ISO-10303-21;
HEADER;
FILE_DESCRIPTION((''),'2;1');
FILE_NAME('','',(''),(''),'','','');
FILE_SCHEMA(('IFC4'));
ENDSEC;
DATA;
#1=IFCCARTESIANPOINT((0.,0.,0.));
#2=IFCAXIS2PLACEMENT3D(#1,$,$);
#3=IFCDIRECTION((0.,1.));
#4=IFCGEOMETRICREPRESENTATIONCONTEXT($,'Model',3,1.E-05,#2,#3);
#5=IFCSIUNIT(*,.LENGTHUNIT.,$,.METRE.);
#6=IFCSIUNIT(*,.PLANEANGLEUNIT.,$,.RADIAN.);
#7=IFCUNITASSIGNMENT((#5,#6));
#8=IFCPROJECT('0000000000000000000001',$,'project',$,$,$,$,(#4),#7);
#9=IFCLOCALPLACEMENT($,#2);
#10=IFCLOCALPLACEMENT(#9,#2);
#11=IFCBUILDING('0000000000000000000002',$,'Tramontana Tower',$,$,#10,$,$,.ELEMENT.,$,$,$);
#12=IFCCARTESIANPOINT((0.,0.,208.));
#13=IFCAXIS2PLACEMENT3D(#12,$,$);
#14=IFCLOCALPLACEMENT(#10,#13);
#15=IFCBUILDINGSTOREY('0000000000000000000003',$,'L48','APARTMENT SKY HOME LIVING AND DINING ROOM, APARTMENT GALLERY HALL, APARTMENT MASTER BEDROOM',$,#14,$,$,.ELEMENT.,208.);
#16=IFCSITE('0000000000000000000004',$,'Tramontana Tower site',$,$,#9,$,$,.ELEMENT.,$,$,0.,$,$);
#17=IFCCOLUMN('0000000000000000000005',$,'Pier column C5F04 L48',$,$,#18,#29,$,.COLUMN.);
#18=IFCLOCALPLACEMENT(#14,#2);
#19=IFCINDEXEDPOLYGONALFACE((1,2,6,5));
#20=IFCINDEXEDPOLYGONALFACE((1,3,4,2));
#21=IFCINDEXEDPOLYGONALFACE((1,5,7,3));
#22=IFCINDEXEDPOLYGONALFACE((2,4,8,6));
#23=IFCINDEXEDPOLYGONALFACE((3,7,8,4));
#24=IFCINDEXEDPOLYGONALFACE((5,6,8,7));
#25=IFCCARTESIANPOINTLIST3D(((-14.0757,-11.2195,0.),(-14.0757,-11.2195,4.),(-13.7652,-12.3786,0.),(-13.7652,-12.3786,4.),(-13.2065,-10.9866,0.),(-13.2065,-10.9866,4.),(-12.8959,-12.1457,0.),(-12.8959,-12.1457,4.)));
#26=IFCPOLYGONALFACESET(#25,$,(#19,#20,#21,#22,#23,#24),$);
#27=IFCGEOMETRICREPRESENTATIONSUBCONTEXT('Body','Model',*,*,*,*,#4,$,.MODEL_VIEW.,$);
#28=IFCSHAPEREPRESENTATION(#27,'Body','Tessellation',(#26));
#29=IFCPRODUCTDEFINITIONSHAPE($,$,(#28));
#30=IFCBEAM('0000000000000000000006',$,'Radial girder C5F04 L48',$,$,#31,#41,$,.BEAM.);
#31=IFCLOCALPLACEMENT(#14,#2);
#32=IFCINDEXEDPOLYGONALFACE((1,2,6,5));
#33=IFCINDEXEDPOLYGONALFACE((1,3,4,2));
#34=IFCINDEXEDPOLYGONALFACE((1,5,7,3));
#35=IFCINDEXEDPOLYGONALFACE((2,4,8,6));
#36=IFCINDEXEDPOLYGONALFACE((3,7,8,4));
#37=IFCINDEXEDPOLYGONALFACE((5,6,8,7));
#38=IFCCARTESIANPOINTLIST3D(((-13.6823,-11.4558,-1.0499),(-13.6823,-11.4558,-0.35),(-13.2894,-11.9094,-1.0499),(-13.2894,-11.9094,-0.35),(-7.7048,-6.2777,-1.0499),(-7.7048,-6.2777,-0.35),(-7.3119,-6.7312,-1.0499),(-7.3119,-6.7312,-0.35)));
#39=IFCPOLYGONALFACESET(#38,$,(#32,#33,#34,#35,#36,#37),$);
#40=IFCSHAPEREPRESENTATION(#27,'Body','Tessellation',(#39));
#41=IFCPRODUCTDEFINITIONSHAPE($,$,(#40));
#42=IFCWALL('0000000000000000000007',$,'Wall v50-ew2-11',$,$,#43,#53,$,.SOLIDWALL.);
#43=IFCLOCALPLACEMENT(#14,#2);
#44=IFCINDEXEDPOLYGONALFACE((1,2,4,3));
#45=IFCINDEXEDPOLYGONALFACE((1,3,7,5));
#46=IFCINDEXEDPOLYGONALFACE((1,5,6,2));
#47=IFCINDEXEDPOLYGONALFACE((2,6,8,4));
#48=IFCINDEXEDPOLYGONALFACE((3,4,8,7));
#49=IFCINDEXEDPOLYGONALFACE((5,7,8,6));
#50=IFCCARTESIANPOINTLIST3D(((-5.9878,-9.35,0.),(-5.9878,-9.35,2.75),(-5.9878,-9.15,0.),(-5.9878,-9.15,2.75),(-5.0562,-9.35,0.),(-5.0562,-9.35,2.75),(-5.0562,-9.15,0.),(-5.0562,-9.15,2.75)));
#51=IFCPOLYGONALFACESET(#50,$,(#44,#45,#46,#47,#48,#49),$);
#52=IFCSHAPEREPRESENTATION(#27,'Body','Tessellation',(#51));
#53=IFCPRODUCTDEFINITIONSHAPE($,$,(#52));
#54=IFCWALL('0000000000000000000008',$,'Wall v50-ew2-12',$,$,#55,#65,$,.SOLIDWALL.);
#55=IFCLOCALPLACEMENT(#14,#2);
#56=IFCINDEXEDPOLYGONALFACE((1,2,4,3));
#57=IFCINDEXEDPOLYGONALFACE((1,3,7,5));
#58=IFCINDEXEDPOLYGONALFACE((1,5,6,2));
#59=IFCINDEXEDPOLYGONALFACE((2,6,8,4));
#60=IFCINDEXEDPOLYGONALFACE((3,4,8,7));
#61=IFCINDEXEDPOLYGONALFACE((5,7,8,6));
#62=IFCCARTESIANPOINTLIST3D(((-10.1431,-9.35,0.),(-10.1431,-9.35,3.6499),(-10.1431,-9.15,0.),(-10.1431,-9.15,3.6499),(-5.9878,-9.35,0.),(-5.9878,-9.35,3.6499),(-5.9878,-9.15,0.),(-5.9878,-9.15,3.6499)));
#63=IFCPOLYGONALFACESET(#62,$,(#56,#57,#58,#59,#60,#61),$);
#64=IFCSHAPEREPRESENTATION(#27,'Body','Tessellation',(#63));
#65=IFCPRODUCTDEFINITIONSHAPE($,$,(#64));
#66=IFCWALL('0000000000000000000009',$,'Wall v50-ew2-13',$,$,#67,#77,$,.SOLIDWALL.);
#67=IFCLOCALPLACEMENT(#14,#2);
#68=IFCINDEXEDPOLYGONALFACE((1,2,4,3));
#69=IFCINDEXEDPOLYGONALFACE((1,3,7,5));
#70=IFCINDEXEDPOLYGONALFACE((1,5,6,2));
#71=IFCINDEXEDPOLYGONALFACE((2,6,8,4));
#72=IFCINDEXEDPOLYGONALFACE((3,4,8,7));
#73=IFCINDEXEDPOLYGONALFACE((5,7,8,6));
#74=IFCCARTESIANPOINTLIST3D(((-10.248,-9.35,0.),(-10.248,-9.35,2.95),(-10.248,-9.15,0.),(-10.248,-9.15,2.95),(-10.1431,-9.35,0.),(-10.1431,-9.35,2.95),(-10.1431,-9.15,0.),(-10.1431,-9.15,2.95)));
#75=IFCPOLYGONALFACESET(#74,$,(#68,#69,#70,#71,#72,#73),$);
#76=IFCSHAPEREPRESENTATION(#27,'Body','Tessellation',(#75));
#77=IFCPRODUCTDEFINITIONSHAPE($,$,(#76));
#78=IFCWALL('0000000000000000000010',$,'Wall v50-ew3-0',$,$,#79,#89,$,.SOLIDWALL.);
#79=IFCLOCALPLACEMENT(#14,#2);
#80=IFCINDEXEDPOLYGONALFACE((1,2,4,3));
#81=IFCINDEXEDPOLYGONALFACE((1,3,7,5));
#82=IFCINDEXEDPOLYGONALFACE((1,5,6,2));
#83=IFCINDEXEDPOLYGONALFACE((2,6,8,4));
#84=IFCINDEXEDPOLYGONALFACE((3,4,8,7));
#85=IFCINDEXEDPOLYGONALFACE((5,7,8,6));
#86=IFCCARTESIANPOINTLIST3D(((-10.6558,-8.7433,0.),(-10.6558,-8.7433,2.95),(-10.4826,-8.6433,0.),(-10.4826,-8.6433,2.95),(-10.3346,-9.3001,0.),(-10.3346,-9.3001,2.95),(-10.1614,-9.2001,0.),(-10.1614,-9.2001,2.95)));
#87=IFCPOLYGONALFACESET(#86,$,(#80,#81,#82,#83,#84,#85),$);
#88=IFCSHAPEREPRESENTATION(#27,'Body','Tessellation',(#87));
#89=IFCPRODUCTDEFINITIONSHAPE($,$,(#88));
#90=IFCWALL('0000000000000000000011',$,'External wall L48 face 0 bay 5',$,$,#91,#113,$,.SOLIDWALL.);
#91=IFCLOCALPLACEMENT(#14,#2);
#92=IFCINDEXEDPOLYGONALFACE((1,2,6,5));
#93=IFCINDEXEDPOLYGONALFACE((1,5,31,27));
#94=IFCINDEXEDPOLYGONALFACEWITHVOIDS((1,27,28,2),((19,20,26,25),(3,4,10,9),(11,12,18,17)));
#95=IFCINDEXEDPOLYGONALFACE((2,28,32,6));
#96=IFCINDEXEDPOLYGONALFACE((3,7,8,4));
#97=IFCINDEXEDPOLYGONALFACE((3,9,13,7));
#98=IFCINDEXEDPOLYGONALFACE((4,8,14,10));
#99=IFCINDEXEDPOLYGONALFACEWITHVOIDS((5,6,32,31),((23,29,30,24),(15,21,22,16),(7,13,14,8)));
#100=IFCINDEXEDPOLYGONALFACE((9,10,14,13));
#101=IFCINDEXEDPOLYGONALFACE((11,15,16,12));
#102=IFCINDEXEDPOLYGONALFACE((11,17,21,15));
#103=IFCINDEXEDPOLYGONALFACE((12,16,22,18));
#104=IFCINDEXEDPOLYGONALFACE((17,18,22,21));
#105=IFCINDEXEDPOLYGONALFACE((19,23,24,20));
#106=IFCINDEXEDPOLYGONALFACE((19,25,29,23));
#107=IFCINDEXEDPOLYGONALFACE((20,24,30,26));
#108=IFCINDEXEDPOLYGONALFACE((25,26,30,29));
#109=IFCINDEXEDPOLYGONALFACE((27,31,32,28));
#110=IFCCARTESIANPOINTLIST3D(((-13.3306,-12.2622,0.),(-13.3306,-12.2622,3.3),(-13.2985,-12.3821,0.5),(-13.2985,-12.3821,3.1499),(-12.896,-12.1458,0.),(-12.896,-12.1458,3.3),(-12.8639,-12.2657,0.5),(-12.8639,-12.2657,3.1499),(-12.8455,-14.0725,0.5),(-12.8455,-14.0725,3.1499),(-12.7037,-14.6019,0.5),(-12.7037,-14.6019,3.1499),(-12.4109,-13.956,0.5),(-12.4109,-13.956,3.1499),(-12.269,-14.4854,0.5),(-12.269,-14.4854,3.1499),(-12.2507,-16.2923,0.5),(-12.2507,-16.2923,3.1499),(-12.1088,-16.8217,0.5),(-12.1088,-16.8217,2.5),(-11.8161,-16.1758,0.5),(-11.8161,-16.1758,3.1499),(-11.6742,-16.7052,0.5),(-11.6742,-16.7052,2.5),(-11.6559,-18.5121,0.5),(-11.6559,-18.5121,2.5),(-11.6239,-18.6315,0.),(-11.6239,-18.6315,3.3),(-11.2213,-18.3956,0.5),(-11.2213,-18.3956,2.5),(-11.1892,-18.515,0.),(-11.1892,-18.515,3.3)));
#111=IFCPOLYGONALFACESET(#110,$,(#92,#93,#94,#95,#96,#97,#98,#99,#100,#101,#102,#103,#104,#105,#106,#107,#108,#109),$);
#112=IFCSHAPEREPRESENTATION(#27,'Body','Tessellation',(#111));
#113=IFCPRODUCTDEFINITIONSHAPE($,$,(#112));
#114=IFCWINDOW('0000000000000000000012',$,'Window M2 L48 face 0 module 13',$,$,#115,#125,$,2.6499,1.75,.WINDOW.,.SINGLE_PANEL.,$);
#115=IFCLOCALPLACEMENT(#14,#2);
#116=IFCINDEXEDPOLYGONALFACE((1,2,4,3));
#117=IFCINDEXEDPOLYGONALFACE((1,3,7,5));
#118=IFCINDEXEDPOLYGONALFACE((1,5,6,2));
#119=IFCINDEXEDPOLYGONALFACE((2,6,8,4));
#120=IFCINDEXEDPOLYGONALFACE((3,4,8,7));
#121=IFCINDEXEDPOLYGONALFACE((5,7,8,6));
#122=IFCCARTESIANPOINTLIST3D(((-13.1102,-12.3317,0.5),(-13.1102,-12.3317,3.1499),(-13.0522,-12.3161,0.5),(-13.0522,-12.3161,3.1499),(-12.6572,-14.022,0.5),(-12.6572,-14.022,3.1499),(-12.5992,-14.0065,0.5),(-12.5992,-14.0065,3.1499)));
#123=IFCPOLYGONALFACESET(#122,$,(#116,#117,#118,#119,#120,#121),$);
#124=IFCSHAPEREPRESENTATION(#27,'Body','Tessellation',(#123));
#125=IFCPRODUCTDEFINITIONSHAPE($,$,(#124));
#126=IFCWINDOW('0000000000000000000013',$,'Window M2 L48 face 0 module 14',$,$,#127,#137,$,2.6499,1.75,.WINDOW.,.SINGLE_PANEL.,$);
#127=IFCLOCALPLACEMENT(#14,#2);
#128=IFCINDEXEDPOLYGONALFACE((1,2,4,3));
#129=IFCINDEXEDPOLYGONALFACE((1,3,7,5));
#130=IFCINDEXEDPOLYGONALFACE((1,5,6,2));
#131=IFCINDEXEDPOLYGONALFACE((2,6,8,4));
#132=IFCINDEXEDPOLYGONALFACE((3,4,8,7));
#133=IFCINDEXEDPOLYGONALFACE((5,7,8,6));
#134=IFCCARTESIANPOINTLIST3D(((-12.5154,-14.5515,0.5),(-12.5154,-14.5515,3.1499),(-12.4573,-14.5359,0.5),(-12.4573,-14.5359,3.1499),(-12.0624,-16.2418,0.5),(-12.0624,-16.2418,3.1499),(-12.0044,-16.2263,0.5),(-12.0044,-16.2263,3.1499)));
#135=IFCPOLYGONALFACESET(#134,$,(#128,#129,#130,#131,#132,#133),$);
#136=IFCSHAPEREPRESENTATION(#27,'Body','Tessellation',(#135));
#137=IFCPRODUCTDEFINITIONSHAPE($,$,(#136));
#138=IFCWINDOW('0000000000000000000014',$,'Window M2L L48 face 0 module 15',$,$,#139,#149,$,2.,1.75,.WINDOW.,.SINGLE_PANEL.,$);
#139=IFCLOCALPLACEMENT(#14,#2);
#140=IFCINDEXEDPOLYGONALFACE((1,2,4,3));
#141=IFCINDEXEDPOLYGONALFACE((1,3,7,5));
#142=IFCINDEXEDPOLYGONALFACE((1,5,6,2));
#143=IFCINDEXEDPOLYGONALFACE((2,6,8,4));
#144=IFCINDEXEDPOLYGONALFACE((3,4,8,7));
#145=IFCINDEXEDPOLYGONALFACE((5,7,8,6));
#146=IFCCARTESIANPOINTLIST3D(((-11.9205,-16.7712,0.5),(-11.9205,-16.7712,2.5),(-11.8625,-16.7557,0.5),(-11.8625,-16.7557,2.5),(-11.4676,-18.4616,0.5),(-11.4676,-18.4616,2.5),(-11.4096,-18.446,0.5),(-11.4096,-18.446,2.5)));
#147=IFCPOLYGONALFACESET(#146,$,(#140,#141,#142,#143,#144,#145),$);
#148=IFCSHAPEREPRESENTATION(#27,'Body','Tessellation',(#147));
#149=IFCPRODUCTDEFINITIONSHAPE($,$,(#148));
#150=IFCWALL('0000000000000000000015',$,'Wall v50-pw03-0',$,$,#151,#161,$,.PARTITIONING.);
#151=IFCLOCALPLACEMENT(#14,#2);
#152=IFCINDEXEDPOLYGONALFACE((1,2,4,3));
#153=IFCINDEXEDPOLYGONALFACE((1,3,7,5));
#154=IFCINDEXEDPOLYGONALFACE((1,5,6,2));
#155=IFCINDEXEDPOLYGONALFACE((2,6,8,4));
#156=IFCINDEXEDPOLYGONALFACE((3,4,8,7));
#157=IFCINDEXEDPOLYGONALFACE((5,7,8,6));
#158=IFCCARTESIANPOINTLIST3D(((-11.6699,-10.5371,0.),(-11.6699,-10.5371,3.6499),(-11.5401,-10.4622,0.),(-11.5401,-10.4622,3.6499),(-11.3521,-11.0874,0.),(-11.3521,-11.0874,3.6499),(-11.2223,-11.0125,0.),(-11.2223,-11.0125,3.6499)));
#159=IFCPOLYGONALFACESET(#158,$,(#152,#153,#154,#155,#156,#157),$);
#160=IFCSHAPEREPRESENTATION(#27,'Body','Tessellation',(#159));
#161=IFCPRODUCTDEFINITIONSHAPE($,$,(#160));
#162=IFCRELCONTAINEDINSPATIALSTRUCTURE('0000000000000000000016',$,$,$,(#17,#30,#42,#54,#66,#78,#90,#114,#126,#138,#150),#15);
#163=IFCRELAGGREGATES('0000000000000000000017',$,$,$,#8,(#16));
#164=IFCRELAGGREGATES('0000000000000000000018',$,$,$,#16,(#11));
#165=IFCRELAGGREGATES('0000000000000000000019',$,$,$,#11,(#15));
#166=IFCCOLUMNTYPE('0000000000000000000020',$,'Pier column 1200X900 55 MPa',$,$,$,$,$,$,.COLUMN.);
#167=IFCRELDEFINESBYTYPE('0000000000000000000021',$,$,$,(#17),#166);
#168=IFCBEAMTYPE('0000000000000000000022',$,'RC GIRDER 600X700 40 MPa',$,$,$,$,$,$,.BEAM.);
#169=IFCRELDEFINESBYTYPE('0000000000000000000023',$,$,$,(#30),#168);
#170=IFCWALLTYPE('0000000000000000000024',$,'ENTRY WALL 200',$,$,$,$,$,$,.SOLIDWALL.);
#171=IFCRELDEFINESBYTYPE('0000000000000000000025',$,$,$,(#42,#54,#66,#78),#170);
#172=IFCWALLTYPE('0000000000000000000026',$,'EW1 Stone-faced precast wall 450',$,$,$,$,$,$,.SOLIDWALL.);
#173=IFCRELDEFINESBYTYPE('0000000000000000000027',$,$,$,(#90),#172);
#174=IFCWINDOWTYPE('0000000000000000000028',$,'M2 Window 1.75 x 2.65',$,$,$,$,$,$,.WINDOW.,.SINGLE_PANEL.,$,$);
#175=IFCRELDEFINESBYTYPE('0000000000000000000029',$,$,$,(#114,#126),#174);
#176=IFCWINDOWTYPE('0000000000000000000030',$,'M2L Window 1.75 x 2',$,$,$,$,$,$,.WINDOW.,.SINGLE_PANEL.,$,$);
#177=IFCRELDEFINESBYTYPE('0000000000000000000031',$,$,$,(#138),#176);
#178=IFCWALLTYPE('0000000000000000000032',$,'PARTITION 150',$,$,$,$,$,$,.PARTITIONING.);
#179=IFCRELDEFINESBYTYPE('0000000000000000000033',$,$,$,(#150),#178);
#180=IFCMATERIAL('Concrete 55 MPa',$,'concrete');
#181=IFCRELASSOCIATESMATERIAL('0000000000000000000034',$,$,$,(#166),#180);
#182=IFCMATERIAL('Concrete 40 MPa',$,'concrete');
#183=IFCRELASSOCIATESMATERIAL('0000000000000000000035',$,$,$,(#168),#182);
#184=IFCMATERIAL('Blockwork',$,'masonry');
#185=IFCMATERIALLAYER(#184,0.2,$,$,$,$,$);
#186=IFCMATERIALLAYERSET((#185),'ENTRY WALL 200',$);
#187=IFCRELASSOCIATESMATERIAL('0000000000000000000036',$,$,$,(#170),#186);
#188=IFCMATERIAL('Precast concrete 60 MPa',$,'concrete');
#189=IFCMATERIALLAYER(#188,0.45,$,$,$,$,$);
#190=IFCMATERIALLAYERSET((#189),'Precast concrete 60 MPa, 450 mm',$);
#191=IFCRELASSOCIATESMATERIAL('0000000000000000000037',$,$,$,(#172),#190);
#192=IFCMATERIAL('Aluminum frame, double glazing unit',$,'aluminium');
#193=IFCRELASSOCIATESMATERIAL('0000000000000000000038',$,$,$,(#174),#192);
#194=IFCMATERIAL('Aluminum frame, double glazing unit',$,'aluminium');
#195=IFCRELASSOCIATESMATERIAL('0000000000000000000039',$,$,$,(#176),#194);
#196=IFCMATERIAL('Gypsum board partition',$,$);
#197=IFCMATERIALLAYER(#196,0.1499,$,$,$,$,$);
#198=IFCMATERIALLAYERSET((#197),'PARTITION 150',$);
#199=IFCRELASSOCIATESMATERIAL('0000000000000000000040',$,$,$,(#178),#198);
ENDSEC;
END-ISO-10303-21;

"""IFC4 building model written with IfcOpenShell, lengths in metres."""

from ifc_helpers import new_model, si_unit, direction, frame, frame_2d, origin, origin_2d, place, context, subcontext, project, spatial, rectangle, extrude, material, layer, layer_set, material_profile, profile_set, type_object, element, fill, save


model = new_model("IFC4")

# Units and contexts
model_context = context("Model", 3, precision=1e-05, world=origin(), true_north=direction((0.0, 1.0)))
body_context = subcontext(model_context, "Body", "Model", "MODEL_VIEW")
ifc_project = project(units=[si_unit("LENGTHUNIT", "METRE"), si_unit("PLANEANGLEUNIT", "RADIAN")], contexts=[model_context])

# Site, building, storey
site_placement = place(None, origin())
site = spatial("IfcSite", under=ifc_project, at=site_placement, Name="Tramontana Tower site", CompositionType="ELEMENT", RefElevation=0.0)
building_placement = place(site_placement, origin())
building = spatial("IfcBuilding", under=site, at=building_placement, Name="Tramontana Tower", CompositionType="ELEMENT")
storey_placement = place(building_placement, frame((0.0, 0.0, 208.0)))
storey = spatial("IfcBuildingStorey", under=building, at=storey_placement, Name="L48", Description="APARTMENT SKY HOME LIVING AND DINING ROOM, APARTMENT GALLERY HALL, APARTMENT MASTER BEDROOM", CompositionType="ELEMENT", Elevation=208.0)

# Column
ifc_material_1 = material(Name="Concrete 55 MPa", Category="concrete")
ifc_material_profile_1 = material_profile(ifc_material_1, rectangle(XDim=1.2, YDim=0.8999, at=origin_2d()), Name="Pier column 1200X900 55 MPa")
ifc_profile_set_1 = profile_set([ifc_material_profile_1], Name="Concrete 55 MPa")
column_type = type_object("IfcColumnType", Name="Pier column 1200X900 55 MPa", PredefinedType="COLUMN", material=ifc_profile_set_1)
column_placement = place(storey_placement, frame((-13.4858, -11.6826, 0.0), z_axis=(0.0, 0.0, 1.0), x_axis=(0.258819, -0.965926, 0.0)))
element("IfcColumn", 1, at=column_placement, inside=storey, type_object=column_type, Name="Pier column C5F04 L48", PredefinedType="COLUMN", context=body_context, shape_type="SweptSolid", body=[
    extrude(rectangle(XDim=1.2, YDim=0.8999, at=origin_2d()), origin(), (0.0, 0.0, 1.0), 4.0),
])

# Beam
ifc_material_2 = material(Name="Concrete 40 MPa", Category="concrete")
ifc_material_profile_2 = material_profile(ifc_material_2, rectangle(XDim=0.6001, YDim=0.7, at=origin_2d()), Name="RC GIRDER 600X700 40 MPa")
ifc_profile_set_2 = profile_set([ifc_material_profile_2], Name="Concrete 40 MPa")
beam_type = type_object("IfcBeamType", Name="RC GIRDER 600X700 40 MPa", PredefinedType="BEAM", material=ifc_profile_set_2)
beam_placement = place(storey_placement, frame((-13.4858, -11.6826, -0.7), z_axis=(0.755834, 0.654764, 0.0), x_axis=(-0.654764, 0.755834, 0.0)))
element("IfcBeam", 2, at=beam_placement, inside=storey, type_object=beam_type, Name="Radial girder C5F04 L48", PredefinedType="BEAM", context=body_context, shape_type="SweptSolid", body=[
    extrude(rectangle(XDim=0.6001, YDim=0.7, at=origin_2d()), origin(), (0.0, 0.0, 1.0), 7.9084),
])

# Walls
ifc_material_3 = material(Name="Blockwork", Category="masonry")
ifc_layer_1 = layer(ifc_material_3, 0.2)
ifc_layer_set_1 = layer_set([ifc_layer_1], Name="ENTRY WALL 200")
wall_type_1 = type_object("IfcWallType", Name="ENTRY WALL 200", PredefinedType="SOLIDWALL", material=ifc_layer_set_1)
wall_1_placement = place(storey_placement, frame((-5.0562, -9.25, 0.0), z_axis=(0.0, 0.0, 1.0), x_axis=(-1.0, 0.0, 0.0)))
element("IfcWall", 3, at=wall_1_placement, inside=storey, type_object=wall_type_1, Name="Wall v50-ew2-11", PredefinedType="SOLIDWALL", context=body_context, shape_type="SweptSolid", body=[
    extrude(rectangle(XDim=0.9316, YDim=0.2, at=frame_2d((0.4658, 0.0))), origin(), (0.0, 0.0, 1.0), 2.75),
])
wall_2_placement = place(storey_placement, frame((-5.9878, -9.25, 0.0), z_axis=(0.0, 0.0, 1.0), x_axis=(-1.0, 0.0, 0.0)))
element("IfcWall", 4, at=wall_2_placement, inside=storey, type_object=wall_type_1, Name="Wall v50-ew2-12", PredefinedType="SOLIDWALL", context=body_context, shape_type="SweptSolid", body=[
    extrude(rectangle(XDim=4.1553, YDim=0.2, at=frame_2d((2.0776, 0.0))), origin(), (0.0, 0.0, 1.0), 3.6499),
])
wall_3_placement = place(storey_placement, frame((-10.1431, -9.25, 0.0), z_axis=(0.0, 0.0, 1.0), x_axis=(-1.0, 0.0, 0.0)))
element("IfcWall", 5, at=wall_3_placement, inside=storey, type_object=wall_type_1, Name="Wall v50-ew2-13", PredefinedType="SOLIDWALL", context=body_context, shape_type="SweptSolid", body=[
    extrude(rectangle(XDim=0.105, YDim=0.2, at=frame_2d((0.0525, 0.0))), origin(), (0.0, 0.0, 1.0), 2.95),
])
wall_4_placement = place(storey_placement, frame((-10.248, -9.25, 0.0), z_axis=(0.0, 0.0, 1.0), x_axis=(-0.499733, 0.866179, 0.0)))
element("IfcWall", 6, at=wall_4_placement, inside=storey, type_object=wall_type_1, Name="Wall v50-ew3-0", PredefinedType="SOLIDWALL", context=body_context, shape_type="SweptSolid", body=[
    extrude(rectangle(XDim=0.6428, YDim=0.2, at=frame_2d((0.3213, 0.0))), origin(), (0.0, 0.0, 1.0), 2.95),
])

# Wall, openings, windows
ifc_material_4 = material(Name="Precast concrete 60 MPa", Category="concrete")
ifc_layer_2 = layer(ifc_material_4, 0.45)
ifc_layer_set_2 = layer_set([ifc_layer_2], Name="Precast concrete 60 MPa, 450 mm")
wall_type_2 = type_object("IfcWallType", Name="EW1 Stone-faced precast wall 450", PredefinedType="SOLIDWALL", material=ifc_layer_set_2)
wall_5_placement = place(storey_placement, frame((-13.1133, -12.2041, 0.0), z_axis=(0.0, 0.0, 1.0), x_axis=(0.258835, -0.965921, 0.0)))
wall_5 = element("IfcWall", 7, at=wall_5_placement, inside=storey, type_object=wall_type_2, Name="External wall L48 face 0 bay 5", PredefinedType="SOLIDWALL", context=body_context, shape_type="SweptSolid", body=[
    extrude(rectangle(XDim=6.594, YDim=0.45, at=frame_2d((3.2969, 0.0))), origin(), (0.0, 0.0, 1.0), 3.3),
])
opening_1_placement = place(wall_5_placement, frame((0.124, 0.0, 0.5)))
opening_1 = element("IfcOpeningElement", 8, at=opening_1_placement, cuts=wall_5, PredefinedType="OPENING", context=body_context, shape_type="SweptSolid", body=[
    extrude(rectangle(XDim=1.75, YDim=2.6499, at=frame_2d((0.875, 1.325))), frame((0.0, 0.2349, 0.0), z_axis=(0.0, -1.0, 0.0), x_axis=(1.0, 0.0, 0.0)), (0.0, 0.0, 1.0), 0.47),
])
opening_2_placement = place(wall_5_placement, frame((2.4221, 0.0, 0.5)))
opening_2 = element("IfcOpeningElement", 9, at=opening_2_placement, cuts=wall_5, PredefinedType="OPENING", context=body_context, shape_type="SweptSolid", body=[
    extrude(rectangle(XDim=1.75, YDim=2.6499, at=frame_2d((0.875, 1.325))), frame((0.0, 0.2349, 0.0), z_axis=(0.0, -1.0, 0.0), x_axis=(1.0, 0.0, 0.0)), (0.0, 0.0, 1.0), 0.47),
])
opening_3_placement = place(wall_5_placement, frame((4.7202, 0.0, 0.5)))
opening_3 = element("IfcOpeningElement", 10, at=opening_3_placement, cuts=wall_5, PredefinedType="OPENING", context=body_context, shape_type="SweptSolid", body=[
    extrude(rectangle(XDim=1.75, YDim=2.0, at=frame_2d((0.875, 1.0))), frame((0.0, 0.2349, 0.0), z_axis=(0.0, -1.0, 0.0), x_axis=(1.0, 0.0, 0.0)), (0.0, 0.0, 1.0), 0.47),
])
ifc_material_5 = material(Name="Aluminum frame, double glazing unit", Category="aluminium")
window_type_1 = type_object("IfcWindowType", Name="M2 Window 1.75 x 2.65", PartitioningType="SINGLE_PANEL", PredefinedType="WINDOW", material=ifc_material_5)
window_1_placement = place(opening_1_placement, origin())
window_1 = element("IfcWindow", 11, at=window_1_placement, inside=storey, type_object=window_type_1, Name="Window M2 L48 face 0 module 13", OverallHeight=2.6499, OverallWidth=1.75, PartitioningType="SINGLE_PANEL", PredefinedType="WINDOW", context=body_context, shape_type="SweptSolid", body=[
    extrude(rectangle(XDim=1.75, YDim=2.6499, at=frame_2d((0.875, 1.325))), frame((0.0, 0.03, 0.0), z_axis=(0.0, -1.0, 0.0), x_axis=(1.0, 0.0, 0.0)), (0.0, 0.0, 1.0), 0.0601),
])
fill(opening_1, window_1)
window_2_placement = place(opening_2_placement, origin())
window_2 = element("IfcWindow", 12, at=window_2_placement, inside=storey, type_object=window_type_1, Name="Window M2 L48 face 0 module 14", OverallHeight=2.6499, OverallWidth=1.75, PartitioningType="SINGLE_PANEL", PredefinedType="WINDOW", context=body_context, shape_type="SweptSolid", body=[
    extrude(rectangle(XDim=1.75, YDim=2.6499, at=frame_2d((0.875, 1.325))), frame((0.0, 0.03, 0.0), z_axis=(0.0, -1.0, 0.0), x_axis=(1.0, 0.0, 0.0)), (0.0, 0.0, 1.0), 0.0601),
])
fill(opening_2, window_2)
ifc_material_6 = material(Name="Aluminum frame, double glazing unit", Category="aluminium")
window_type_2 = type_object("IfcWindowType", Name="M2L Window 1.75 x 2", PartitioningType="SINGLE_PANEL", PredefinedType="WINDOW", material=ifc_material_6)
window_3_placement = place(opening_3_placement, origin())
window_3 = element("IfcWindow", 13, at=window_3_placement, inside=storey, type_object=window_type_2, Name="Window M2L L48 face 0 module 15", OverallHeight=2.0, OverallWidth=1.75, PartitioningType="SINGLE_PANEL", PredefinedType="WINDOW", context=body_context, shape_type="SweptSolid", body=[
    extrude(rectangle(XDim=1.75, YDim=2.0, at=frame_2d((0.875, 1.0))), frame((0.0, 0.03, 0.0), z_axis=(0.0, -1.0, 0.0), x_axis=(1.0, 0.0, 0.0)), (0.0, 0.0, 1.0), 0.0601),
])
fill(opening_3, window_3)

# Wall
ifc_material_7 = material(Name="Gypsum board partition")
ifc_layer_3 = layer(ifc_material_7, 0.1499)
ifc_layer_set_3 = layer_set([ifc_layer_3], Name="PARTITION 150")
wall_type_3 = type_object("IfcWallType", Name="PARTITION 150", PredefinedType="PARTITIONING", material=ifc_layer_set_3)
wall_6_placement = place(storey_placement, frame((-11.2871, -11.05, 0.0), z_axis=(0.0, 0.0, 1.0), x_axis=(-0.500188, 0.865917, 0.0)))
element("IfcWall", 14, at=wall_6_placement, inside=storey, type_object=wall_type_3, Name="Wall v50-pw03-0", PredefinedType="PARTITIONING", context=body_context, shape_type="SweptSolid", body=[
    extrude(rectangle(XDim=0.6355, YDim=0.1499, at=frame_2d((0.3179, 0.0))), origin(), (0.0, 0.0, 1.0), 3.6499),
])

save(model, "model.ifc")
